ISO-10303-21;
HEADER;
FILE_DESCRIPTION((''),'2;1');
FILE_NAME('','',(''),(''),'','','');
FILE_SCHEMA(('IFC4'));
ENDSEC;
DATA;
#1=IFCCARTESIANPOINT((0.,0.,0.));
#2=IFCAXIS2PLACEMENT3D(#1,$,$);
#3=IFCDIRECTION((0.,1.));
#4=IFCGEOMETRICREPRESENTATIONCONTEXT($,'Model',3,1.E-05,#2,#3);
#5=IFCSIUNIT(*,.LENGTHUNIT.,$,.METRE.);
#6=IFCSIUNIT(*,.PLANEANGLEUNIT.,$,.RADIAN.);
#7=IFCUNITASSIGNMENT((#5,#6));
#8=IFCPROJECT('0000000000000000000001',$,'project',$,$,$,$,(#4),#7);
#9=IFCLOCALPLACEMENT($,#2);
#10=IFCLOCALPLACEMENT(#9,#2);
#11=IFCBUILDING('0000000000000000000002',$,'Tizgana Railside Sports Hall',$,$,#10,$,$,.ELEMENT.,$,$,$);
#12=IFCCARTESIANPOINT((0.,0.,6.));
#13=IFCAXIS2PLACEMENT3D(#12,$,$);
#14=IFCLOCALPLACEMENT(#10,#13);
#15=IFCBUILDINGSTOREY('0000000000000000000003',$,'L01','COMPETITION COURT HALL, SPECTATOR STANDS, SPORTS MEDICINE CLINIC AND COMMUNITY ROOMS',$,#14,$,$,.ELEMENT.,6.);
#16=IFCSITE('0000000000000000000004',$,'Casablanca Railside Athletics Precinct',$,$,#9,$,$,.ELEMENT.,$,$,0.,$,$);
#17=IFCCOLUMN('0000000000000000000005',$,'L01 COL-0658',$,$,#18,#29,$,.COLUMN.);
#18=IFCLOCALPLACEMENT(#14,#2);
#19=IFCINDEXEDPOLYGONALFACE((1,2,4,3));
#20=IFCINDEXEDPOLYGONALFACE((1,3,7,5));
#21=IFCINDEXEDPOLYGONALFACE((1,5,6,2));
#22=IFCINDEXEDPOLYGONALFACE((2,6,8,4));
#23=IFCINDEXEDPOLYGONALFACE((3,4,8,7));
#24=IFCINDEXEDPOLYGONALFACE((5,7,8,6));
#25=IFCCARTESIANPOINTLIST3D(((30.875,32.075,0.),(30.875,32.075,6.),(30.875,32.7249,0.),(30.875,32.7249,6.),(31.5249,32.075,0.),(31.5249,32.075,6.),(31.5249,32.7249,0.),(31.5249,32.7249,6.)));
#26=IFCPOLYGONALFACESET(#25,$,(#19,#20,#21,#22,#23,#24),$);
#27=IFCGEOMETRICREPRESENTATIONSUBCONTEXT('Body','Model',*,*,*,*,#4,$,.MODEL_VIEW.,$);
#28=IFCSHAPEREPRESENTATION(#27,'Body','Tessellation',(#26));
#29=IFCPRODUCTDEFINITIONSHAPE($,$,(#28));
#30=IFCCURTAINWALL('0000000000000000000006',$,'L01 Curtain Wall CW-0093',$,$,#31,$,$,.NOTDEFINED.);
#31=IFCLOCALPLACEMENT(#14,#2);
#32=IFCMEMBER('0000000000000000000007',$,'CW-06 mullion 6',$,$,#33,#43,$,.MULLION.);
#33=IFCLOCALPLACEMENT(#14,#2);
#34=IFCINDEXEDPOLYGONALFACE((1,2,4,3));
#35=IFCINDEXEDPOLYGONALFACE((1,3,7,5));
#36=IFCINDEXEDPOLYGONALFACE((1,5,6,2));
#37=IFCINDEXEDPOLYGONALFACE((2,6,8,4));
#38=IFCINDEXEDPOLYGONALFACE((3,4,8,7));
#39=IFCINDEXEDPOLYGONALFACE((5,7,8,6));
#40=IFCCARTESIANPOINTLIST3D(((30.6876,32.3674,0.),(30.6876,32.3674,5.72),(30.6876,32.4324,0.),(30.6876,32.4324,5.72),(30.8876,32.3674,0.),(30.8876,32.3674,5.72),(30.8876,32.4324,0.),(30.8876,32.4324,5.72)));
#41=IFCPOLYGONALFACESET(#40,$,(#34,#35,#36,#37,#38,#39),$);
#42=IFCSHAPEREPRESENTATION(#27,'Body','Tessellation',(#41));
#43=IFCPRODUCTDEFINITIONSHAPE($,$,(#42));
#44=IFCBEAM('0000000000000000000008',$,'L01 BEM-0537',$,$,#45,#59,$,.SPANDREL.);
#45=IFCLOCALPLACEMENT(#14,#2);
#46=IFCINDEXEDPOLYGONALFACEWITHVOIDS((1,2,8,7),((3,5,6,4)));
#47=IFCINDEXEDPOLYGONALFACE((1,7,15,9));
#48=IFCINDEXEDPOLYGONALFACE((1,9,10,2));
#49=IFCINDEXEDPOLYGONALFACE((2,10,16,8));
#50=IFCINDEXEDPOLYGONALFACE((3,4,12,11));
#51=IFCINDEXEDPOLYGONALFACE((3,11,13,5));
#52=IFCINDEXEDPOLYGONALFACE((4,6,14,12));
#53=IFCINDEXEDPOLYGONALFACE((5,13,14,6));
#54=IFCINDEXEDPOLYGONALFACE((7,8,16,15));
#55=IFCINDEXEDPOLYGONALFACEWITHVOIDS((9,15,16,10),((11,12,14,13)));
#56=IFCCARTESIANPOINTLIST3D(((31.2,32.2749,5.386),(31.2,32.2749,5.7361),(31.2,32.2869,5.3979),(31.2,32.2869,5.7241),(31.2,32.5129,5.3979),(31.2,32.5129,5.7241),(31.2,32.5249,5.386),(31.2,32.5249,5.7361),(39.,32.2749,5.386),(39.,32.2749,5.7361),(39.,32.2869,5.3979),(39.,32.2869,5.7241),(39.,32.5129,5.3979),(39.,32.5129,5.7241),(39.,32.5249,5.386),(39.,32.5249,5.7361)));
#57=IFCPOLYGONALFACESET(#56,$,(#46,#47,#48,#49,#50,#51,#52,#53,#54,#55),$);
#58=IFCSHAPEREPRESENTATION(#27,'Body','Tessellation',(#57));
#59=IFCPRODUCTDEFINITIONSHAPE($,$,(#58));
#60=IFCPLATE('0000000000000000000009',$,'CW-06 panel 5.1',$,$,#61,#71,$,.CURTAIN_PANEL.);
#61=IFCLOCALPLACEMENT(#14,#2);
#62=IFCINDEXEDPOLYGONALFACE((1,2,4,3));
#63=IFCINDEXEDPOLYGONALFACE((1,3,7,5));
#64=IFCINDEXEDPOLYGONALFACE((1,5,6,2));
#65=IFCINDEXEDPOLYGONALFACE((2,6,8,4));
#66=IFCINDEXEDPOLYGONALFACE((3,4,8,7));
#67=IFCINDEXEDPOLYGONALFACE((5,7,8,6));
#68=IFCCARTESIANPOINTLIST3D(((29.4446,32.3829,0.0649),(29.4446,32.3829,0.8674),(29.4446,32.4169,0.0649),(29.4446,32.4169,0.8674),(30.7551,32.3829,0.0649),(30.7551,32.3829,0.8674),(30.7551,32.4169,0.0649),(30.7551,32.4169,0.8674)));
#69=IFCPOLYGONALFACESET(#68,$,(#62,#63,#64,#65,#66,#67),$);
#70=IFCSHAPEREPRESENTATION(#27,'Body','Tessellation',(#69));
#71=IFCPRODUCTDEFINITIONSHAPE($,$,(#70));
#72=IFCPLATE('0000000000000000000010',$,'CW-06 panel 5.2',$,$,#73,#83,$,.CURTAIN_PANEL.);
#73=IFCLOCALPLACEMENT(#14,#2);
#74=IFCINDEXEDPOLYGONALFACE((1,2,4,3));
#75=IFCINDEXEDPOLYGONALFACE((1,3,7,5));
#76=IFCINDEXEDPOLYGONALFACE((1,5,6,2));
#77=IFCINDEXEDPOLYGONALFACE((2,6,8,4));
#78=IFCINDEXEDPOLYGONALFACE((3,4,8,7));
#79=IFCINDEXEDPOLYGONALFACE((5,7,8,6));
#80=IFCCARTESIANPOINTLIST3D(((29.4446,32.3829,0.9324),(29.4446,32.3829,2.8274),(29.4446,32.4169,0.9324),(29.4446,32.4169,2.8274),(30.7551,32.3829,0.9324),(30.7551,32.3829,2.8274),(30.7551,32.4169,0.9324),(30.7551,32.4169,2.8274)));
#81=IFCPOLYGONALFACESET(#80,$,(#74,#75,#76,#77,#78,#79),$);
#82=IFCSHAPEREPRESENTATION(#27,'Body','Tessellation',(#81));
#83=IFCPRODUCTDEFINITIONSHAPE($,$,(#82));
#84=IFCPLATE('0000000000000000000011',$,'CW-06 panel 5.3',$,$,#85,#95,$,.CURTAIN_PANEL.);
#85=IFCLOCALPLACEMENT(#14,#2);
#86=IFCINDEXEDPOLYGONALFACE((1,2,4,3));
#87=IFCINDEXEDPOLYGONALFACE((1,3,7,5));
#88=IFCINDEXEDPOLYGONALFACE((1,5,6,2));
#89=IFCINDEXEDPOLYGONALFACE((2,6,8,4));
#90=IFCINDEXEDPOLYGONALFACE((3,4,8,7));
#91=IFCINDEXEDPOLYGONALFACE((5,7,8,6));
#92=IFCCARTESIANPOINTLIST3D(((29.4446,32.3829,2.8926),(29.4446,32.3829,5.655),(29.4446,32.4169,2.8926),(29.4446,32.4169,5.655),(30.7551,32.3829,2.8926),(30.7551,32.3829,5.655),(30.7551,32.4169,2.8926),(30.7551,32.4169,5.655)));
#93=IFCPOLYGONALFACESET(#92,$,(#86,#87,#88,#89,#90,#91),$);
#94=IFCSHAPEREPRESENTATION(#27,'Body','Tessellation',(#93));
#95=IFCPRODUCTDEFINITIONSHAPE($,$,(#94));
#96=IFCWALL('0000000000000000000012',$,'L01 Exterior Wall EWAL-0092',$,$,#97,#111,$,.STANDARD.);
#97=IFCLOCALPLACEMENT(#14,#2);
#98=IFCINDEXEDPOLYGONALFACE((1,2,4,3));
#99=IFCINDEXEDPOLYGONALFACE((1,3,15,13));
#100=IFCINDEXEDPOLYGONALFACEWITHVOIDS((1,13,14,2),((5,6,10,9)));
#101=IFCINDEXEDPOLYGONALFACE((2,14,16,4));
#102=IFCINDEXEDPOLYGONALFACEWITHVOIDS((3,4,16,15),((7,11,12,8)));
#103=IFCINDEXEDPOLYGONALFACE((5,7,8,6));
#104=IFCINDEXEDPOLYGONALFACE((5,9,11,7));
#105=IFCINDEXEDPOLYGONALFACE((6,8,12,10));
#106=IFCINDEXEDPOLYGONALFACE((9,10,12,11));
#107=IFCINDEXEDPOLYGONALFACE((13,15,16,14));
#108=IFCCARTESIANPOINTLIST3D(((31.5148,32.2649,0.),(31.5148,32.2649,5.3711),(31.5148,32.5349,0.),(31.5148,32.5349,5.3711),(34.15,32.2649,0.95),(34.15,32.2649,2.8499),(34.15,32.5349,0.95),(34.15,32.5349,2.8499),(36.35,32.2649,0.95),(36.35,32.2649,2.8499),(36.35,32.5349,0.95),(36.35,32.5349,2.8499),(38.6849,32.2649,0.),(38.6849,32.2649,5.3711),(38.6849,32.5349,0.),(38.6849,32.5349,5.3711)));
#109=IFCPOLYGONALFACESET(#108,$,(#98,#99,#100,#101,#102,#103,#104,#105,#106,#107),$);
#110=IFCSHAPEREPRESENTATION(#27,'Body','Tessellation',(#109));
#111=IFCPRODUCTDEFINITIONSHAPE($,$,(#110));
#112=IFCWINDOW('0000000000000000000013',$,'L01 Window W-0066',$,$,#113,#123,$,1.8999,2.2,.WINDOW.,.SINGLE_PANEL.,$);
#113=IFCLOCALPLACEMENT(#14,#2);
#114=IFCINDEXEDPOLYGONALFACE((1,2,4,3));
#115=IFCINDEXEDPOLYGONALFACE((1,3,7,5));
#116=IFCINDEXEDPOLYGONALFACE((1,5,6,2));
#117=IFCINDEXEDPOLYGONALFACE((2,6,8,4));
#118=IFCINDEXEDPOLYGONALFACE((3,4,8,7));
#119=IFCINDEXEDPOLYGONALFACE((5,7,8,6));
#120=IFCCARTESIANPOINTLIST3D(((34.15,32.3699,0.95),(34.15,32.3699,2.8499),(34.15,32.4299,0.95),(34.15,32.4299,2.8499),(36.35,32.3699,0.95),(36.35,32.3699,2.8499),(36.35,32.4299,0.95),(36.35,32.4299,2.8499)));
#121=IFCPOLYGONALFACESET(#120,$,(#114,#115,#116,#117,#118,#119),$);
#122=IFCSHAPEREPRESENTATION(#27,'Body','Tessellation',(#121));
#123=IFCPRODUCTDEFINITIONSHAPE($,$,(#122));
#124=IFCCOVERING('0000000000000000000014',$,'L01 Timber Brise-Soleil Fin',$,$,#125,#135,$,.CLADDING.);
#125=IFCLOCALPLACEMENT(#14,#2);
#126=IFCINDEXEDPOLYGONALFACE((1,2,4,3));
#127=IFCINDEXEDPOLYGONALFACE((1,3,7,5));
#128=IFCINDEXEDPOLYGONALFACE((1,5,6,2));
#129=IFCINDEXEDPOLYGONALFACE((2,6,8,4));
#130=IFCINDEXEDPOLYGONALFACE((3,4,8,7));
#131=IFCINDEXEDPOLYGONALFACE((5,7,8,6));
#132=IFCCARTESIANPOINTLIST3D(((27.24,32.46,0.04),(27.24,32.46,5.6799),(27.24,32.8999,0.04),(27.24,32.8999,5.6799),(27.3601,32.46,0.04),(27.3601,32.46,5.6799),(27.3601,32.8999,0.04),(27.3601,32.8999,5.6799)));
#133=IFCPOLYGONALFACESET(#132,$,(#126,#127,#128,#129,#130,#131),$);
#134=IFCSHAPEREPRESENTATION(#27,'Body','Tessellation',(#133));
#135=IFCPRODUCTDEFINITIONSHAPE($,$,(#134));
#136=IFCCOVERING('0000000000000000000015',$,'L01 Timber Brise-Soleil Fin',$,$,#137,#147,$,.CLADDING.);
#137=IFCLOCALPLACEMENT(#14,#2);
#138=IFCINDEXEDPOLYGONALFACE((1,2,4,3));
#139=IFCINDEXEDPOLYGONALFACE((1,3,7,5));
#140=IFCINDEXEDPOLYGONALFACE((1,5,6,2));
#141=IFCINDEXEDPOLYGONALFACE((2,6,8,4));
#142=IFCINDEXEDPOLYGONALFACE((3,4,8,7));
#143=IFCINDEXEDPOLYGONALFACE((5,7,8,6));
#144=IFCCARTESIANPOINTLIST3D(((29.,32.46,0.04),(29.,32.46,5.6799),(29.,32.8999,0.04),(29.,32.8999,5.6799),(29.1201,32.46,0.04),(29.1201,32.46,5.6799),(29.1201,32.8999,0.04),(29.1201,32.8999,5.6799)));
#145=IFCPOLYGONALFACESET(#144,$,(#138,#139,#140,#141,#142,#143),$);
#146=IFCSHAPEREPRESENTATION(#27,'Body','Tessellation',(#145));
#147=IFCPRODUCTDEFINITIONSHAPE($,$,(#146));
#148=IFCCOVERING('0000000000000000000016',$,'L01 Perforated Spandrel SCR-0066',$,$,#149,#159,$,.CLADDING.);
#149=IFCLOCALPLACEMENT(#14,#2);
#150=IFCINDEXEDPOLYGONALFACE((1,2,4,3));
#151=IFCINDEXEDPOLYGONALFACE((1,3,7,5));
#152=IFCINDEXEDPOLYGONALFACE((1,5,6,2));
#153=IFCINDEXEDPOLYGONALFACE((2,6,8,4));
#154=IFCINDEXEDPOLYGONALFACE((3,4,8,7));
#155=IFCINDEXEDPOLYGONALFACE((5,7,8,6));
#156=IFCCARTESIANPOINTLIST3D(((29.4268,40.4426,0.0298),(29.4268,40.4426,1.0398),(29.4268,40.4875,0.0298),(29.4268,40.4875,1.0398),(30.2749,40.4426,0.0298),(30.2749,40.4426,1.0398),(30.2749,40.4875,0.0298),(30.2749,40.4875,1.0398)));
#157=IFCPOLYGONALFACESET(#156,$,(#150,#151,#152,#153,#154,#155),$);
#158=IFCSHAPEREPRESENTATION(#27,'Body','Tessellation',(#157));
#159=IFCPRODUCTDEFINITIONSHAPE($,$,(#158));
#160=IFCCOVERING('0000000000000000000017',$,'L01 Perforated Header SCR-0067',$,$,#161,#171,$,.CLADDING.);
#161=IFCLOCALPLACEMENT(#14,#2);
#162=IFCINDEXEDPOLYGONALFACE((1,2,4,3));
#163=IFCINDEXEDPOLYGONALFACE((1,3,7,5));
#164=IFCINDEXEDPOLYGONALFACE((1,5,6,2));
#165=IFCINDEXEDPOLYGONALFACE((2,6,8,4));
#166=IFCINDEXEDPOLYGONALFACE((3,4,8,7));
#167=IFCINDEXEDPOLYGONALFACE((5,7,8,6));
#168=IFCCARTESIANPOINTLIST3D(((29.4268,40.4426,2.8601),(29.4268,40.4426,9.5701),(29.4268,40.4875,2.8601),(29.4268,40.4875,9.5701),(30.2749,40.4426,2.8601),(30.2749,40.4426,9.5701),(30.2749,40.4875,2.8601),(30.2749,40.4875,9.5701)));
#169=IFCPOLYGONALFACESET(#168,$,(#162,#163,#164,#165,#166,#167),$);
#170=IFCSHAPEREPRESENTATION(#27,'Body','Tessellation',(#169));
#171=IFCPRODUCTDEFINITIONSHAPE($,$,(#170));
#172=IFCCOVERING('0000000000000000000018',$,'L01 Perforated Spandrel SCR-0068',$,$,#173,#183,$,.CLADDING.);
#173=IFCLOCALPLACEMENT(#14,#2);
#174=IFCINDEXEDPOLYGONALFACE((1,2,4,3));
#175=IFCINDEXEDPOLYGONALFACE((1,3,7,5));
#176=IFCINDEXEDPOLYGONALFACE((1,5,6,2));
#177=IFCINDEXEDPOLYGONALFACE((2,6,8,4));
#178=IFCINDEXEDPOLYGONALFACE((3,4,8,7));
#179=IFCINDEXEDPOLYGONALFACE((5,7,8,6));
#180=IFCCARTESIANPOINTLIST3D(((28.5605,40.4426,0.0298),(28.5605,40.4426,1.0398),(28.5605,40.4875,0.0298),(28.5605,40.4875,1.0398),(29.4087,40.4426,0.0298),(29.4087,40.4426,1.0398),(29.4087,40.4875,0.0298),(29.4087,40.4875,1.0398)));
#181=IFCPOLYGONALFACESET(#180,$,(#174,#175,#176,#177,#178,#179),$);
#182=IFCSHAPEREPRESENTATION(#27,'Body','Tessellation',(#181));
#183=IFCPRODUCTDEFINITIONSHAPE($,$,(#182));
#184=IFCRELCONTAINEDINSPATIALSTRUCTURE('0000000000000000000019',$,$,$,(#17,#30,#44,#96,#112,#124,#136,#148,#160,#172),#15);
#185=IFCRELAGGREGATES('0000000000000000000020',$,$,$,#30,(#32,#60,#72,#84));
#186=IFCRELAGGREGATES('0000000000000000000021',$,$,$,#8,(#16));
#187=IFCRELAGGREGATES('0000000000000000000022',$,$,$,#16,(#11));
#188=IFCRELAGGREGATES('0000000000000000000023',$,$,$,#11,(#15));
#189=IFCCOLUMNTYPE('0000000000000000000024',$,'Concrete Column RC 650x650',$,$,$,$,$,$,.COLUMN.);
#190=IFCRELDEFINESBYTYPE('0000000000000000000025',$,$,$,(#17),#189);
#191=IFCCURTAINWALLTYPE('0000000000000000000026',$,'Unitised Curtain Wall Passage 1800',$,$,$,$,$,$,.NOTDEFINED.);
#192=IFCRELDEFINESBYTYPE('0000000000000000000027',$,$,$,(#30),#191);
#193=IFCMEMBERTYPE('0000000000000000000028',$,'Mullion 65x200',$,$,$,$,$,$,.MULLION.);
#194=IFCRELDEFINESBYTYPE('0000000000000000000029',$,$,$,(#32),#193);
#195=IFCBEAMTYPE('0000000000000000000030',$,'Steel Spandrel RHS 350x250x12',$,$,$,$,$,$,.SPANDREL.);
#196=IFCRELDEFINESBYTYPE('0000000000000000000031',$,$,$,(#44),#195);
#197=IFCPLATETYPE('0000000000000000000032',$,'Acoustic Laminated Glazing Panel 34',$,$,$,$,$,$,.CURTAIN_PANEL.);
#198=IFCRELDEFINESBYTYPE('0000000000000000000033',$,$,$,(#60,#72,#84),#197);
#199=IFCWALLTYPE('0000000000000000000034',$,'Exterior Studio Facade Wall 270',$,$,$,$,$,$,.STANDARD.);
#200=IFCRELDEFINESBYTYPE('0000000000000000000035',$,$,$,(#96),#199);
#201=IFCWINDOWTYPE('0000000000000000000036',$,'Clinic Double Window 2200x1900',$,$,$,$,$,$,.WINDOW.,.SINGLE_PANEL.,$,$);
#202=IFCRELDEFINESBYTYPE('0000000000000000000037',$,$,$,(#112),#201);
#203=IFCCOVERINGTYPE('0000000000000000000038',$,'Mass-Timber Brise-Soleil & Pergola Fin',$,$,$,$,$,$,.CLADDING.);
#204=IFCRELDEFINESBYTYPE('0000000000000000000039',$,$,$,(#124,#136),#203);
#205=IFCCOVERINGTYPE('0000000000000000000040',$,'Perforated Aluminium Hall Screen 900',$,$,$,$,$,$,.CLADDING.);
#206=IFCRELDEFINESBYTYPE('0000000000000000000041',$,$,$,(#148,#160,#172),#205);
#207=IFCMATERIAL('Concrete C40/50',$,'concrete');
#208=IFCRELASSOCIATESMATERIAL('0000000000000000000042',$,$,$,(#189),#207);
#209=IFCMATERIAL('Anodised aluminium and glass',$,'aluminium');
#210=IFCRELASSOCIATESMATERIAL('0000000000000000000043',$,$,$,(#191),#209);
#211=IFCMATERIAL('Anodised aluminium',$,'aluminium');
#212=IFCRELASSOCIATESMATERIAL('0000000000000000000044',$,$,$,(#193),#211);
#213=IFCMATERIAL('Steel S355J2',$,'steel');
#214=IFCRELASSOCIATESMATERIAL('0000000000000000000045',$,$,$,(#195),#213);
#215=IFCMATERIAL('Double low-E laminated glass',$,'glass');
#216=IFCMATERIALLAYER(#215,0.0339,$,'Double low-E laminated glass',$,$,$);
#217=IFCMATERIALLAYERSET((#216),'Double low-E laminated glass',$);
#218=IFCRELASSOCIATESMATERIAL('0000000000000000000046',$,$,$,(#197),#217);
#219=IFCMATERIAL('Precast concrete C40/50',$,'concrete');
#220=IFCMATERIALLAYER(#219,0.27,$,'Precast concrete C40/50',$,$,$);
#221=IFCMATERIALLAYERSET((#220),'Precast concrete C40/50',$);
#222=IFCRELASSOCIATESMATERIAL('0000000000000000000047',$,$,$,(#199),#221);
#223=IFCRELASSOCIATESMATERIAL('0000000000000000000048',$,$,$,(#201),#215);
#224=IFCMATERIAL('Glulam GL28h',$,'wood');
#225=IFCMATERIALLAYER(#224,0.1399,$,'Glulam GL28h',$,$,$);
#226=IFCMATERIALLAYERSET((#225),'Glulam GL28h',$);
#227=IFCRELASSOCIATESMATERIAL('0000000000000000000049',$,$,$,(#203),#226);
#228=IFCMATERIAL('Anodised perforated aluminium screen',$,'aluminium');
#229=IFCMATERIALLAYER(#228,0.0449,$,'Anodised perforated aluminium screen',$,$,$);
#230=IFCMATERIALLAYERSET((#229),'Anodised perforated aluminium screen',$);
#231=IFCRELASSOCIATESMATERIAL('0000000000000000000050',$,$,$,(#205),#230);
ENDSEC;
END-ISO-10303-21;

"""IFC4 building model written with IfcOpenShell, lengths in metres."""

from ifc_helpers import new_model, si_unit, direction, frame, frame_2d, origin, origin_2d, place, context, subcontext, project, spatial, rectangle, hollow_rectangle, extrude, material, layer, layer_set, material_profile, profile_set, type_object, element, fill, aggregate, save


model = new_model("IFC4")

# Units and contexts
model_context = context("Model", 3, precision=1e-05, world=origin(), true_north=direction((0.0, 1.0)))
body_context = subcontext(model_context, "Body", "Model", "MODEL_VIEW")
ifc_project = project(units=[si_unit("LENGTHUNIT", "METRE"), si_unit("PLANEANGLEUNIT", "RADIAN")], contexts=[model_context])

# Site, building, storey
site_placement = place(None, origin())
site = spatial("IfcSite", under=ifc_project, at=site_placement, Name="Casablanca Railside Athletics Precinct", CompositionType="ELEMENT", RefElevation=0.0)
building_placement = place(site_placement, origin())
building = spatial("IfcBuilding", under=site, at=building_placement, Name="Tizgana Railside Sports Hall", CompositionType="ELEMENT")
storey_placement = place(building_placement, frame((0.0, 0.0, 6.0)))
storey = spatial("IfcBuildingStorey", under=building, at=storey_placement, Name="L01", Description="COMPETITION COURT HALL, SPECTATOR STANDS, SPORTS MEDICINE CLINIC AND COMMUNITY ROOMS", CompositionType="ELEMENT", Elevation=6.0)

# Column
ifc_material_1 = material(Name="Concrete C40/50", Category="concrete")
ifc_material_profile_1 = material_profile(ifc_material_1, rectangle(XDim=0.6499, YDim=0.6499, at=origin_2d()), Name="RC 650x650")
ifc_profile_set_1 = profile_set([ifc_material_profile_1], Name="Concrete C40/50")
column_type = type_object("IfcColumnType", Name="Concrete Column RC 650x650", PredefinedType="COLUMN", material=ifc_profile_set_1)
column_placement = place(storey_placement, frame((31.2, 32.3999, 0.0), z_axis=(0.0, 0.0, 1.0), x_axis=(1.0, 0.0, 0.0)))
element("IfcColumn", 1, at=column_placement, inside=storey, type_object=column_type, Name="L01 COL-0658", PredefinedType="COLUMN", context=body_context, shape_type="SweptSolid", body=[
    extrude(rectangle(XDim=0.6499, YDim=0.6499, at=origin_2d()), origin(), (0.0, 0.0, 1.0), 6.0),
])

# Curtain wall, member
ifc_material_2 = material(Name="Anodised aluminium and glass", Category="aluminium")
curtain_wall_type = type_object("IfcCurtainWallType", Name="Unitised Curtain Wall Passage 1800", PredefinedType="NOTDEFINED", material=ifc_material_2)
curtain_wall_placement = place(storey_placement, origin())
curtain_wall = element("IfcCurtainWall", 2, at=curtain_wall_placement, inside=storey, type_object=curtain_wall_type, Name="L01 Curtain Wall CW-0093", PredefinedType="NOTDEFINED")
ifc_material_3 = material(Name="Anodised aluminium", Category="aluminium")
ifc_material_profile_2 = material_profile(ifc_material_3, rectangle(XDim=0.0649, YDim=0.2, at=origin_2d()), Name="Mullion 65x200")
ifc_profile_set_2 = profile_set([ifc_material_profile_2], Name="Anodised aluminium")
member_type = type_object("IfcMemberType", Name="Mullion 65x200", PredefinedType="MULLION", material=ifc_profile_set_2)
member_placement = place(storey_placement, frame((30.7876, 32.3999, 0.0), z_axis=(0.0, 0.0, 1.0), x_axis=(0.0, 1.0, 0.0)))
member = element("IfcMember", 3, at=member_placement, type_object=member_type, Name="CW-06 mullion 6", PredefinedType="MULLION", context=body_context, shape_type="SweptSolid", body=[
    extrude(rectangle(XDim=0.0649, YDim=0.2, at=origin_2d()), origin(), (0.0, 0.0, 1.0), 5.72),
])

# Beam
ifc_material_4 = material(Name="Steel S355J2", Category="steel")
ifc_material_profile_3 = material_profile(ifc_material_4, hollow_rectangle(XDim=0.25, YDim=0.3501, WallThickness=0.012, at=origin_2d()), Name="RHS 350x250x12")
ifc_profile_set_3 = profile_set([ifc_material_profile_3], Name="Steel S355J2")
beam_type = type_object("IfcBeamType", Name="Steel Spandrel RHS 350x250x12", PredefinedType="SPANDREL", material=ifc_profile_set_3)
beam_placement = place(storey_placement, frame((31.2, 32.3999, 5.561), z_axis=(1.0, 0.0, 0.0), x_axis=(0.0, 1.0, 0.0)))
element("IfcBeam", 4, at=beam_placement, inside=storey, type_object=beam_type, Name="L01 BEM-0537", PredefinedType="SPANDREL", context=body_context, shape_type="SweptSolid", body=[
    extrude(hollow_rectangle(XDim=0.25, YDim=0.3501, WallThickness=0.012, at=origin_2d()), origin(), (0.0, 0.0, 1.0), 7.8),
])

# Plates
ifc_material_5 = material(Name="Double low-E laminated glass", Category="glass")
ifc_layer_1 = layer(ifc_material_5, 0.0339, Name="Double low-E laminated glass")
ifc_layer_set_1 = layer_set([ifc_layer_1], Name="Double low-E laminated glass")
plate_type = type_object("IfcPlateType", Name="Acoustic Laminated Glazing Panel 34", PredefinedType="CURTAIN_PANEL", material=ifc_layer_set_1)
plate_1_placement = place(storey_placement, frame((30.0999, 32.3999, 0.0649), z_axis=(0.0, 0.0, 1.0), x_axis=(1.0, 0.0, 0.0)))
plate_1 = element("IfcPlate", 5, at=plate_1_placement, type_object=plate_type, Name="CW-06 panel 5.1", PredefinedType="CURTAIN_PANEL", context=body_context, shape_type="SweptSolid", body=[
    extrude(rectangle(XDim=1.3105, YDim=0.0339, at=origin_2d()), origin(), (0.0, 0.0, 1.0), 0.8025),
])
plate_2_placement = place(storey_placement, frame((30.0999, 32.3999, 0.9324), z_axis=(0.0, 0.0, 1.0), x_axis=(1.0, 0.0, 0.0)))
plate_2 = element("IfcPlate", 6, at=plate_2_placement, type_object=plate_type, Name="CW-06 panel 5.2", PredefinedType="CURTAIN_PANEL", context=body_context, shape_type="SweptSolid", body=[
    extrude(rectangle(XDim=1.3105, YDim=0.0339, at=origin_2d()), origin(), (0.0, 0.0, 1.0), 1.895),
])
plate_3_placement = place(storey_placement, frame((30.0999, 32.3999, 2.8926), z_axis=(0.0, 0.0, 1.0), x_axis=(1.0, 0.0, 0.0)))
plate_3 = element("IfcPlate", 7, at=plate_3_placement, type_object=plate_type, Name="CW-06 panel 5.3", PredefinedType="CURTAIN_PANEL", context=body_context, shape_type="SweptSolid", body=[
    extrude(rectangle(XDim=1.3105, YDim=0.0339, at=origin_2d()), origin(), (0.0, 0.0, 1.0), 2.7625),
])
aggregate(curtain_wall, [member, plate_1, plate_2, plate_3])

# Wall, opening, window
ifc_material_6 = material(Name="Precast concrete C40/50", Category="concrete")
ifc_layer_2 = layer(ifc_material_6, 0.27, Name="Precast concrete C40/50")
ifc_layer_set_2 = layer_set([ifc_layer_2], Name="Precast concrete C40/50")
wall_type = type_object("IfcWallType", Name="Exterior Studio Facade Wall 270", PredefinedType="STANDARD", material=ifc_layer_set_2)
wall_placement = place(storey_placement, frame((31.5149, 32.3999, 0.0), z_axis=(0.0, 0.0, 1.0), x_axis=(1.0, 0.0, 0.0)))
wall = element("IfcWall", 8, at=wall_placement, inside=storey, type_object=wall_type, Name="L01 Exterior Wall EWAL-0092", PredefinedType="STANDARD", context=body_context, shape_type="SweptSolid", body=[
    extrude(rectangle(XDim=7.1702, YDim=0.27, at=frame_2d((3.585, 0.0))), origin(), (0.0, 0.0, 1.0), 5.3711),
])
opening_placement = place(wall_placement, frame((2.635, 0.0, 0.95)))
opening = element("IfcOpeningElement", 9, at=opening_placement, cuts=wall, PredefinedType="OPENING", context=body_context, shape_type="SweptSolid", body=[
    extrude(rectangle(XDim=2.2, YDim=1.8999, at=frame_2d((1.1001, 0.95))), frame((0.0, 0.145, 0.0), z_axis=(0.0, -1.0, 0.0), x_axis=(1.0, 0.0, 0.0)), (0.0, 0.0, 1.0), 0.29),
])
window_type = type_object("IfcWindowType", Name="Clinic Double Window 2200x1900", PartitioningType="SINGLE_PANEL", PredefinedType="WINDOW", material=ifc_material_5)
window_placement = place(opening_placement, origin())
window = element("IfcWindow", 10, at=window_placement, inside=storey, type_object=window_type, Name="L01 Window W-0066", OverallHeight=1.8999, OverallWidth=2.2, PartitioningType="SINGLE_PANEL", PredefinedType="WINDOW", context=body_context, shape_type="SweptSolid", body=[
    extrude(rectangle(XDim=2.2, YDim=1.8999, at=frame_2d((1.1001, 0.95))), frame((0.0, 0.03, 0.0), z_axis=(0.0, -1.0, 0.0), x_axis=(1.0, 0.0, 0.0)), (0.0, 0.0, 1.0), 0.0601),
])
fill(opening, window)

# Coverings
ifc_material_7 = material(Name="Glulam GL28h", Category="wood")
ifc_layer_3 = layer(ifc_material_7, 0.1399, Name="Glulam GL28h")
ifc_layer_set_3 = layer_set([ifc_layer_3], Name="Glulam GL28h")
covering_type_1 = type_object("IfcCoveringType", Name="Mass-Timber Brise-Soleil & Pergola Fin", PredefinedType="CLADDING", material=ifc_layer_set_3)
for number, where, z_axis, x_axis, name in (
    (11, (27.3, 32.6799, 0.04), (0.0, 0.0, 1.0), (1.0, 0.0, 0.0), "L01 Timber Brise-Soleil Fin"),
    (12, (29.0601, 32.6799, 0.04), (0.0, 0.0, 1.0), (1.0, 0.0, 0.0), "L01 Timber Brise-Soleil Fin"),
):
    element("IfcCovering", number, at=place(storey_placement, frame(where, z_axis=z_axis, x_axis=x_axis)), inside=storey, type_object=covering_type_1, Name=name, PredefinedType="CLADDING", context=body_context, shape_type="SweptSolid", body=[
        extrude(rectangle(XDim=0.1201, YDim=0.4399, at=origin_2d()), origin(), (0.0, 0.0, 1.0), 5.6399),
    ])
ifc_material_8 = material(Name="Anodised perforated aluminium screen", Category="aluminium")
ifc_layer_4 = layer(ifc_material_8, 0.0449, Name="Anodised perforated aluminium screen")
ifc_layer_set_4 = layer_set([ifc_layer_4], Name="Anodised perforated aluminium screen")
covering_type_2 = type_object("IfcCoveringType", Name="Perforated Aluminium Hall Screen 900", PredefinedType="CLADDING", material=ifc_layer_set_4)
covering_1_placement = place(storey_placement, frame((29.8508, 40.4651, 0.0298), z_axis=(0.0, 0.0, 1.0), x_axis=(-1.0, 0.0, 0.0)))
element("IfcCovering", 13, at=covering_1_placement, inside=storey, type_object=covering_type_2, Name="L01 Perforated Spandrel SCR-0066", PredefinedType="CLADDING", context=body_context, shape_type="SweptSolid", body=[
    extrude(rectangle(XDim=0.8481, YDim=0.0449, at=origin_2d()), origin(), (0.0, 0.0, 1.0), 1.01),
])
covering_2_placement = place(storey_placement, frame((29.8508, 40.4651, 2.8601), z_axis=(0.0, 0.0, 1.0), x_axis=(-1.0, 0.0, 0.0)))
element("IfcCovering", 14, at=covering_2_placement, inside=storey, type_object=covering_type_2, Name="L01 Perforated Header SCR-0067", PredefinedType="CLADDING", context=body_context, shape_type="SweptSolid", body=[
    extrude(rectangle(XDim=0.8481, YDim=0.0449, at=origin_2d()), origin(), (0.0, 0.0, 1.0), 6.71),
])
covering_3_placement = place(storey_placement, frame((28.9846, 40.4651, 0.0298), z_axis=(0.0, 0.0, 1.0), x_axis=(-1.0, 0.0, 0.0)))
element("IfcCovering", 15, at=covering_3_placement, inside=storey, type_object=covering_type_2, Name="L01 Perforated Spandrel SCR-0068", PredefinedType="CLADDING", context=body_context, shape_type="SweptSolid", body=[
    extrude(rectangle(XDim=0.8481, YDim=0.0449, at=origin_2d()), origin(), (0.0, 0.0, 1.0), 1.01),
])

save(model, "model.ifc")
